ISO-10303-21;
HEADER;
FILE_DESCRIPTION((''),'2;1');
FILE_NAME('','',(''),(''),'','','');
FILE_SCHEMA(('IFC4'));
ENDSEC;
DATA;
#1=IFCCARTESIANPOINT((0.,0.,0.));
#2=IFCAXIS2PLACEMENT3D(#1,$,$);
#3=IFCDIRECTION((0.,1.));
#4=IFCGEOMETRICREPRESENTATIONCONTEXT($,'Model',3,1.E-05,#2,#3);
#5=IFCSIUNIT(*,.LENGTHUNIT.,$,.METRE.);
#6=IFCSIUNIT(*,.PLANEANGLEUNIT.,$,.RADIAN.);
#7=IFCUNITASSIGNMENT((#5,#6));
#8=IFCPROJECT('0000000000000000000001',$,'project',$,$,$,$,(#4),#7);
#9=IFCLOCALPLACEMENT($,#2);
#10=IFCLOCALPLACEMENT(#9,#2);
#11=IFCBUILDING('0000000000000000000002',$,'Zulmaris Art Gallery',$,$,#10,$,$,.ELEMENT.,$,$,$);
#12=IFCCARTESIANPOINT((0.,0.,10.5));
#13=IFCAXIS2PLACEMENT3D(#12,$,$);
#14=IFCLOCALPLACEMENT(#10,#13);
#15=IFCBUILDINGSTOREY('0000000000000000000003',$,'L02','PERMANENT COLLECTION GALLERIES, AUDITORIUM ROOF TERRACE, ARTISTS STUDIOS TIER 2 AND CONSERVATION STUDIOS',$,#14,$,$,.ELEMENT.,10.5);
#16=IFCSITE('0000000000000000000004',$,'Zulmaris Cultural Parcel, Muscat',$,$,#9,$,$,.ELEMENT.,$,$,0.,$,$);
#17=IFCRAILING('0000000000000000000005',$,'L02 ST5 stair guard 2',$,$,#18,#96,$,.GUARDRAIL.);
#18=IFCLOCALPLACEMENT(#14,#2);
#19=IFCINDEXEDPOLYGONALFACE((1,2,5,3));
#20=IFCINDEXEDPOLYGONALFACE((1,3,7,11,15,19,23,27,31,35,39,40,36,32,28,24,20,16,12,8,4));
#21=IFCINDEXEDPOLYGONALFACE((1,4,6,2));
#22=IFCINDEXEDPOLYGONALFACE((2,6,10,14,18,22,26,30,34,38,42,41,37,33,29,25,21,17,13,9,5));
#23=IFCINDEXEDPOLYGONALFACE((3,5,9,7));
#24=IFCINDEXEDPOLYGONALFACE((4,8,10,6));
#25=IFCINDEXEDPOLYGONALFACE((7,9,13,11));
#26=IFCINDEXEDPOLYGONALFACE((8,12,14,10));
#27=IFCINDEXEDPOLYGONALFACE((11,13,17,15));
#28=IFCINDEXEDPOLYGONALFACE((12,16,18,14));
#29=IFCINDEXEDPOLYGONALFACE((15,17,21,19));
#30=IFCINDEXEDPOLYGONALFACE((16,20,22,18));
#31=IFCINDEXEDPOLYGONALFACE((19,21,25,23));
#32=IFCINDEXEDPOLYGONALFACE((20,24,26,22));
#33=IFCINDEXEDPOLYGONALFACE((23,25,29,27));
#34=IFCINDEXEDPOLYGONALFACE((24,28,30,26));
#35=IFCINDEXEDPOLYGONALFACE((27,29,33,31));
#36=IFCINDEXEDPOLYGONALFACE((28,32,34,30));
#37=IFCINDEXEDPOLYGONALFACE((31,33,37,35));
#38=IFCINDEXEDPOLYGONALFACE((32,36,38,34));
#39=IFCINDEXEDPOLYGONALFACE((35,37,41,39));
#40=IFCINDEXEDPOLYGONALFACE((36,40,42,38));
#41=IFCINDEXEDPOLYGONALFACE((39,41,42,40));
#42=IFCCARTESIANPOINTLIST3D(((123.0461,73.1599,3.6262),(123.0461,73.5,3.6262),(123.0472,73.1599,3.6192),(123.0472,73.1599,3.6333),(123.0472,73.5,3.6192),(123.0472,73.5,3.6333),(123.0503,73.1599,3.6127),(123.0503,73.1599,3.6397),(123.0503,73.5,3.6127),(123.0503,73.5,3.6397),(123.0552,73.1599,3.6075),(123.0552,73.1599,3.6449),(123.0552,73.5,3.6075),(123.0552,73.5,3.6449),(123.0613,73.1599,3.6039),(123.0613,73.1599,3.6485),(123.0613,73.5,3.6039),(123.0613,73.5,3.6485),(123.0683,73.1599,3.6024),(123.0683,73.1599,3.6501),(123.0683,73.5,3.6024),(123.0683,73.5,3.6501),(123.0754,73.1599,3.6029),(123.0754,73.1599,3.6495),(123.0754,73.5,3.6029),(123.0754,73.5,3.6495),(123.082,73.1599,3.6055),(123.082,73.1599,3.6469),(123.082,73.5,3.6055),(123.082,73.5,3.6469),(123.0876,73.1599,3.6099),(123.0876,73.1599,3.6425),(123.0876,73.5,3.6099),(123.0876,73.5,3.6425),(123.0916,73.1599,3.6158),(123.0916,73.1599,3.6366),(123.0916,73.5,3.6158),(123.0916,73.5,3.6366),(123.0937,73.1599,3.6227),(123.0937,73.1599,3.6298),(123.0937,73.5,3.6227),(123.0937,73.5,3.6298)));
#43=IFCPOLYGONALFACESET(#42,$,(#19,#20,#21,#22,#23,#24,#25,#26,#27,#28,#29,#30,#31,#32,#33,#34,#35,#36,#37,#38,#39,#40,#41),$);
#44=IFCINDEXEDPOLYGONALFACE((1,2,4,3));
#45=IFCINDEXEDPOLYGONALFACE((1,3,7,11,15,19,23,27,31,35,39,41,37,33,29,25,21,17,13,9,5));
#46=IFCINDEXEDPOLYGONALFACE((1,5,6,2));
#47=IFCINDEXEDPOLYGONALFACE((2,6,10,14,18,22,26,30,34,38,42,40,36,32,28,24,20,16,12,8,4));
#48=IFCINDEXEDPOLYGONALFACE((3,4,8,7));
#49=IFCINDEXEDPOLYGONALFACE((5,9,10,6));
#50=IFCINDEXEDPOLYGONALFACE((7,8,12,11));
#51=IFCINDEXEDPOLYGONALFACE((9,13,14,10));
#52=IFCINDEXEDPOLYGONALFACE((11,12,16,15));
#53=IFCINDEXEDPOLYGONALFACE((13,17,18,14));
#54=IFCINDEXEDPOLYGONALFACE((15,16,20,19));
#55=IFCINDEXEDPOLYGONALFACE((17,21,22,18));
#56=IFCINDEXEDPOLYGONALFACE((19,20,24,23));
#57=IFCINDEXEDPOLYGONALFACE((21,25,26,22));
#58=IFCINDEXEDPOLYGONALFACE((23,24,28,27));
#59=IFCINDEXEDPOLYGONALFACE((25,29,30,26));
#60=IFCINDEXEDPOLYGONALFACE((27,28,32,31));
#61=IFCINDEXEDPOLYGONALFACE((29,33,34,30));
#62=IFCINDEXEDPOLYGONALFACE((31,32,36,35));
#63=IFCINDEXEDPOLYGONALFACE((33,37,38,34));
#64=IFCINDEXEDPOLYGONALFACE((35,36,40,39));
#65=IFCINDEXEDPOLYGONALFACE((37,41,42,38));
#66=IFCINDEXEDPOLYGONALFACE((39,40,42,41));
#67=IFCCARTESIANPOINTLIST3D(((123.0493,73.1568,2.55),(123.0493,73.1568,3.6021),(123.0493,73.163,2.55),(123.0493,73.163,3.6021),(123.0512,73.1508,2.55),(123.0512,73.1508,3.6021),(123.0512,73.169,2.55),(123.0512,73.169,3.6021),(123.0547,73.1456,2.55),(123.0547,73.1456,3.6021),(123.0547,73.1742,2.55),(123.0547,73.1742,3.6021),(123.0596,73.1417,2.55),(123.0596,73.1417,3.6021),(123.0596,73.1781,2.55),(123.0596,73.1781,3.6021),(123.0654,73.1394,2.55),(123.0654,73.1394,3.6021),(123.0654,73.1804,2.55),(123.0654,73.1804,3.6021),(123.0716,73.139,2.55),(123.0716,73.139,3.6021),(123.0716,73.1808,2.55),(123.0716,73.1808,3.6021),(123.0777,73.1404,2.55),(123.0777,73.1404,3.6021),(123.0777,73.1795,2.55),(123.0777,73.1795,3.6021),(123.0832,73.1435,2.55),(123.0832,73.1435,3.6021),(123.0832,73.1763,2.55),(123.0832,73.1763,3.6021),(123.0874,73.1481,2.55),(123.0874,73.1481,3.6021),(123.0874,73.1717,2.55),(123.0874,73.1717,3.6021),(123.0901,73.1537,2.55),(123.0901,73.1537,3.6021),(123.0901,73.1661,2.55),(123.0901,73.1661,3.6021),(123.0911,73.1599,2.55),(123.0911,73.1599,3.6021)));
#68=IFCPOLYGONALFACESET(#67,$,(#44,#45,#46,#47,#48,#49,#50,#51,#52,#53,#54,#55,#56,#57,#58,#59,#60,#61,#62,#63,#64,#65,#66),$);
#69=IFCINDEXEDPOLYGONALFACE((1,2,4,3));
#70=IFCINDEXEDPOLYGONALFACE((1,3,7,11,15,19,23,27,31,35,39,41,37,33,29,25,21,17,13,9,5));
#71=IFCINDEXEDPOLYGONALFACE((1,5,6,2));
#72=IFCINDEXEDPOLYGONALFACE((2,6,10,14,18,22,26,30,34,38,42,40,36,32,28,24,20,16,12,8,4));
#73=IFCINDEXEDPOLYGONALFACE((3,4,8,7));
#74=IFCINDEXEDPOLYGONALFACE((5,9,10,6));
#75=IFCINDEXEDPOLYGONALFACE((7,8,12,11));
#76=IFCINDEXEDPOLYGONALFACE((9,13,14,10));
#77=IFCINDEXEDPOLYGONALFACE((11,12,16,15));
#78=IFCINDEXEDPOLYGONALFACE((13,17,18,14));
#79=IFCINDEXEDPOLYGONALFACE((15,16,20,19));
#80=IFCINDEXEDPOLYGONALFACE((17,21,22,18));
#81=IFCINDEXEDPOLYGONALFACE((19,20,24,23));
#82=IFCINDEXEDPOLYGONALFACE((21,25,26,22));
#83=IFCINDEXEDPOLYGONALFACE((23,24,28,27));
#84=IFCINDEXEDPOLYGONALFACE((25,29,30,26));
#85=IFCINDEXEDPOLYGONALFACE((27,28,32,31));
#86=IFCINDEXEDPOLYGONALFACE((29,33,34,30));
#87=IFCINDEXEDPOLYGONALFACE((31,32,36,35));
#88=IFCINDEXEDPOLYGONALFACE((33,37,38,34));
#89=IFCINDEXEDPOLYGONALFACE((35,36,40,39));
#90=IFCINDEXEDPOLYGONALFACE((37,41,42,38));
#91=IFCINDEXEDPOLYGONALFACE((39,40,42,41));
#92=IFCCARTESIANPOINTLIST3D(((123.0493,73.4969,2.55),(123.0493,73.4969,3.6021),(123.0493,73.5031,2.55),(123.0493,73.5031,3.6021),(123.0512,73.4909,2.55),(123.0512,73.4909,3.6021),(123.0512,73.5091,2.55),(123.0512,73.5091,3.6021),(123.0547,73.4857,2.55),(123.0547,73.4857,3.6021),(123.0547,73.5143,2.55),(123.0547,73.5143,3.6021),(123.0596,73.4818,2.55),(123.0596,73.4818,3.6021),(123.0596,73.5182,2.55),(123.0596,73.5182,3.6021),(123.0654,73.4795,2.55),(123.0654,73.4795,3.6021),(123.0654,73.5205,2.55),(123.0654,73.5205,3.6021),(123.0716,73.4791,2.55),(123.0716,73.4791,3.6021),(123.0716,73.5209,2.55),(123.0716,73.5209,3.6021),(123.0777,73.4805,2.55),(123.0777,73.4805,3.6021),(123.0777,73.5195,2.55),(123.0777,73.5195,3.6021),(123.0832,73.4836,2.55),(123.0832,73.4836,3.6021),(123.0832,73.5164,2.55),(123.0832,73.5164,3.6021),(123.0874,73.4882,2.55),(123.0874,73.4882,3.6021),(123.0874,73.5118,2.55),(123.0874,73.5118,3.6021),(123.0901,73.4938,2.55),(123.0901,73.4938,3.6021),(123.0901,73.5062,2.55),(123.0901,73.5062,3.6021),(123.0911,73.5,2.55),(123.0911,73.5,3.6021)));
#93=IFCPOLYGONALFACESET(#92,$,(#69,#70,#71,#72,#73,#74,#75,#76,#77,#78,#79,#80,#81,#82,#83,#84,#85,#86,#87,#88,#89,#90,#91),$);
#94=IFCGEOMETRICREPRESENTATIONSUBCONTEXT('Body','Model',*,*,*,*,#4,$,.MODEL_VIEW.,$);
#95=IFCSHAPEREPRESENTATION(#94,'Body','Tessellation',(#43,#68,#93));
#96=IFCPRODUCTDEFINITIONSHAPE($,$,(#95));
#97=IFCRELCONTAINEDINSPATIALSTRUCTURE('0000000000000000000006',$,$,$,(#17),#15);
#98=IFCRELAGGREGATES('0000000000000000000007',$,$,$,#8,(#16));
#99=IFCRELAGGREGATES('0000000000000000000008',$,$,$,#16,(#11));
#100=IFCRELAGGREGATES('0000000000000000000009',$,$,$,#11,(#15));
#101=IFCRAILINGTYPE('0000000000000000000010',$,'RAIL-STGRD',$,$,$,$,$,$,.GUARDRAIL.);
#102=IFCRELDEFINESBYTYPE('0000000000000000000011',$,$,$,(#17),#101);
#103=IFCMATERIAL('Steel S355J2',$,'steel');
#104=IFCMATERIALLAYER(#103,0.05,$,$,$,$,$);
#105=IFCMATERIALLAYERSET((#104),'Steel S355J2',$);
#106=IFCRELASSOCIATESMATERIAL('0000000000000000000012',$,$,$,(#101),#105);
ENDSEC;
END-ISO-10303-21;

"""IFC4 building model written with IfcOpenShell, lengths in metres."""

from ifc_helpers import new_model, si_unit, direction, frame, origin, origin_2d, place, context, subcontext, project, spatial, circle, extrude, material, layer, layer_set, type_object, element, save


model = new_model("IFC4")

# Units and contexts
model_context = context("Model", 3, precision=1e-05, world=origin(), true_north=direction((0.0, 1.0)))
body_context = subcontext(model_context, "Body", "Model", "MODEL_VIEW")
ifc_project = project(units=[si_unit("LENGTHUNIT", "METRE"), si_unit("PLANEANGLEUNIT", "RADIAN")], contexts=[model_context])

# Site, building, storey
site_placement = place(None, origin())
site = spatial("IfcSite", under=ifc_project, at=site_placement, Name="Zulmaris Cultural Parcel, Muscat", CompositionType="ELEMENT", RefElevation=0.0)
building_placement = place(site_placement, origin())
building = spatial("IfcBuilding", under=site, at=building_placement, Name="Zulmaris Art Gallery", CompositionType="ELEMENT")
storey_placement = place(building_placement, frame((0.0, 0.0, 10.5)))
storey = spatial("IfcBuildingStorey", under=building, at=storey_placement, Name="L02", Description="PERMANENT COLLECTION GALLERIES, AUDITORIUM ROOF TERRACE, ARTISTS STUDIOS TIER 2 AND CONSERVATION STUDIOS", CompositionType="ELEMENT", Elevation=10.5)

# Shared definitions
ifc_material_1 = material(Name="Steel S355J2", Category="steel")

# Railing
ifc_layer_1 = layer(ifc_material_1, 0.05)
ifc_layer_set_1 = layer_set([ifc_layer_1], Name="Steel S355J2")
railing_type_1 = type_object("IfcRailingType", Name="RAIL-STGRD", PredefinedType="GUARDRAIL", material=ifc_layer_set_1)
railing_1_placement = place(storey_placement, frame((123.0701, 73.1599, 2.55)))
element("IfcRailing", 1, at=railing_1_placement, inside=storey, type_object=railing_type_1, Name="L02 ST5 stair guard 2", PredefinedType="GUARDRAIL", context=body_context, shape_type="SweptSolid", body=[
    extrude(circle(Radius=0.0239, at=origin_2d()), frame((0.0, 0.0, 1.0762), z_axis=(0.0, 1.0, 0.0), x_axis=(-1.0, 0.0, 0.0)), (0.0, 0.0, 1.0), 0.3401),
    extrude(circle(Radius=0.021, at=origin_2d()), origin(), (0.0, 0.0, 1.0), 1.052),
    extrude(circle(Radius=0.021, at=origin_2d()), frame((0.0, 0.3401, 0.0)), (0.0, 0.0, 1.0), 1.052),
])

save(model, "model.ifc")
